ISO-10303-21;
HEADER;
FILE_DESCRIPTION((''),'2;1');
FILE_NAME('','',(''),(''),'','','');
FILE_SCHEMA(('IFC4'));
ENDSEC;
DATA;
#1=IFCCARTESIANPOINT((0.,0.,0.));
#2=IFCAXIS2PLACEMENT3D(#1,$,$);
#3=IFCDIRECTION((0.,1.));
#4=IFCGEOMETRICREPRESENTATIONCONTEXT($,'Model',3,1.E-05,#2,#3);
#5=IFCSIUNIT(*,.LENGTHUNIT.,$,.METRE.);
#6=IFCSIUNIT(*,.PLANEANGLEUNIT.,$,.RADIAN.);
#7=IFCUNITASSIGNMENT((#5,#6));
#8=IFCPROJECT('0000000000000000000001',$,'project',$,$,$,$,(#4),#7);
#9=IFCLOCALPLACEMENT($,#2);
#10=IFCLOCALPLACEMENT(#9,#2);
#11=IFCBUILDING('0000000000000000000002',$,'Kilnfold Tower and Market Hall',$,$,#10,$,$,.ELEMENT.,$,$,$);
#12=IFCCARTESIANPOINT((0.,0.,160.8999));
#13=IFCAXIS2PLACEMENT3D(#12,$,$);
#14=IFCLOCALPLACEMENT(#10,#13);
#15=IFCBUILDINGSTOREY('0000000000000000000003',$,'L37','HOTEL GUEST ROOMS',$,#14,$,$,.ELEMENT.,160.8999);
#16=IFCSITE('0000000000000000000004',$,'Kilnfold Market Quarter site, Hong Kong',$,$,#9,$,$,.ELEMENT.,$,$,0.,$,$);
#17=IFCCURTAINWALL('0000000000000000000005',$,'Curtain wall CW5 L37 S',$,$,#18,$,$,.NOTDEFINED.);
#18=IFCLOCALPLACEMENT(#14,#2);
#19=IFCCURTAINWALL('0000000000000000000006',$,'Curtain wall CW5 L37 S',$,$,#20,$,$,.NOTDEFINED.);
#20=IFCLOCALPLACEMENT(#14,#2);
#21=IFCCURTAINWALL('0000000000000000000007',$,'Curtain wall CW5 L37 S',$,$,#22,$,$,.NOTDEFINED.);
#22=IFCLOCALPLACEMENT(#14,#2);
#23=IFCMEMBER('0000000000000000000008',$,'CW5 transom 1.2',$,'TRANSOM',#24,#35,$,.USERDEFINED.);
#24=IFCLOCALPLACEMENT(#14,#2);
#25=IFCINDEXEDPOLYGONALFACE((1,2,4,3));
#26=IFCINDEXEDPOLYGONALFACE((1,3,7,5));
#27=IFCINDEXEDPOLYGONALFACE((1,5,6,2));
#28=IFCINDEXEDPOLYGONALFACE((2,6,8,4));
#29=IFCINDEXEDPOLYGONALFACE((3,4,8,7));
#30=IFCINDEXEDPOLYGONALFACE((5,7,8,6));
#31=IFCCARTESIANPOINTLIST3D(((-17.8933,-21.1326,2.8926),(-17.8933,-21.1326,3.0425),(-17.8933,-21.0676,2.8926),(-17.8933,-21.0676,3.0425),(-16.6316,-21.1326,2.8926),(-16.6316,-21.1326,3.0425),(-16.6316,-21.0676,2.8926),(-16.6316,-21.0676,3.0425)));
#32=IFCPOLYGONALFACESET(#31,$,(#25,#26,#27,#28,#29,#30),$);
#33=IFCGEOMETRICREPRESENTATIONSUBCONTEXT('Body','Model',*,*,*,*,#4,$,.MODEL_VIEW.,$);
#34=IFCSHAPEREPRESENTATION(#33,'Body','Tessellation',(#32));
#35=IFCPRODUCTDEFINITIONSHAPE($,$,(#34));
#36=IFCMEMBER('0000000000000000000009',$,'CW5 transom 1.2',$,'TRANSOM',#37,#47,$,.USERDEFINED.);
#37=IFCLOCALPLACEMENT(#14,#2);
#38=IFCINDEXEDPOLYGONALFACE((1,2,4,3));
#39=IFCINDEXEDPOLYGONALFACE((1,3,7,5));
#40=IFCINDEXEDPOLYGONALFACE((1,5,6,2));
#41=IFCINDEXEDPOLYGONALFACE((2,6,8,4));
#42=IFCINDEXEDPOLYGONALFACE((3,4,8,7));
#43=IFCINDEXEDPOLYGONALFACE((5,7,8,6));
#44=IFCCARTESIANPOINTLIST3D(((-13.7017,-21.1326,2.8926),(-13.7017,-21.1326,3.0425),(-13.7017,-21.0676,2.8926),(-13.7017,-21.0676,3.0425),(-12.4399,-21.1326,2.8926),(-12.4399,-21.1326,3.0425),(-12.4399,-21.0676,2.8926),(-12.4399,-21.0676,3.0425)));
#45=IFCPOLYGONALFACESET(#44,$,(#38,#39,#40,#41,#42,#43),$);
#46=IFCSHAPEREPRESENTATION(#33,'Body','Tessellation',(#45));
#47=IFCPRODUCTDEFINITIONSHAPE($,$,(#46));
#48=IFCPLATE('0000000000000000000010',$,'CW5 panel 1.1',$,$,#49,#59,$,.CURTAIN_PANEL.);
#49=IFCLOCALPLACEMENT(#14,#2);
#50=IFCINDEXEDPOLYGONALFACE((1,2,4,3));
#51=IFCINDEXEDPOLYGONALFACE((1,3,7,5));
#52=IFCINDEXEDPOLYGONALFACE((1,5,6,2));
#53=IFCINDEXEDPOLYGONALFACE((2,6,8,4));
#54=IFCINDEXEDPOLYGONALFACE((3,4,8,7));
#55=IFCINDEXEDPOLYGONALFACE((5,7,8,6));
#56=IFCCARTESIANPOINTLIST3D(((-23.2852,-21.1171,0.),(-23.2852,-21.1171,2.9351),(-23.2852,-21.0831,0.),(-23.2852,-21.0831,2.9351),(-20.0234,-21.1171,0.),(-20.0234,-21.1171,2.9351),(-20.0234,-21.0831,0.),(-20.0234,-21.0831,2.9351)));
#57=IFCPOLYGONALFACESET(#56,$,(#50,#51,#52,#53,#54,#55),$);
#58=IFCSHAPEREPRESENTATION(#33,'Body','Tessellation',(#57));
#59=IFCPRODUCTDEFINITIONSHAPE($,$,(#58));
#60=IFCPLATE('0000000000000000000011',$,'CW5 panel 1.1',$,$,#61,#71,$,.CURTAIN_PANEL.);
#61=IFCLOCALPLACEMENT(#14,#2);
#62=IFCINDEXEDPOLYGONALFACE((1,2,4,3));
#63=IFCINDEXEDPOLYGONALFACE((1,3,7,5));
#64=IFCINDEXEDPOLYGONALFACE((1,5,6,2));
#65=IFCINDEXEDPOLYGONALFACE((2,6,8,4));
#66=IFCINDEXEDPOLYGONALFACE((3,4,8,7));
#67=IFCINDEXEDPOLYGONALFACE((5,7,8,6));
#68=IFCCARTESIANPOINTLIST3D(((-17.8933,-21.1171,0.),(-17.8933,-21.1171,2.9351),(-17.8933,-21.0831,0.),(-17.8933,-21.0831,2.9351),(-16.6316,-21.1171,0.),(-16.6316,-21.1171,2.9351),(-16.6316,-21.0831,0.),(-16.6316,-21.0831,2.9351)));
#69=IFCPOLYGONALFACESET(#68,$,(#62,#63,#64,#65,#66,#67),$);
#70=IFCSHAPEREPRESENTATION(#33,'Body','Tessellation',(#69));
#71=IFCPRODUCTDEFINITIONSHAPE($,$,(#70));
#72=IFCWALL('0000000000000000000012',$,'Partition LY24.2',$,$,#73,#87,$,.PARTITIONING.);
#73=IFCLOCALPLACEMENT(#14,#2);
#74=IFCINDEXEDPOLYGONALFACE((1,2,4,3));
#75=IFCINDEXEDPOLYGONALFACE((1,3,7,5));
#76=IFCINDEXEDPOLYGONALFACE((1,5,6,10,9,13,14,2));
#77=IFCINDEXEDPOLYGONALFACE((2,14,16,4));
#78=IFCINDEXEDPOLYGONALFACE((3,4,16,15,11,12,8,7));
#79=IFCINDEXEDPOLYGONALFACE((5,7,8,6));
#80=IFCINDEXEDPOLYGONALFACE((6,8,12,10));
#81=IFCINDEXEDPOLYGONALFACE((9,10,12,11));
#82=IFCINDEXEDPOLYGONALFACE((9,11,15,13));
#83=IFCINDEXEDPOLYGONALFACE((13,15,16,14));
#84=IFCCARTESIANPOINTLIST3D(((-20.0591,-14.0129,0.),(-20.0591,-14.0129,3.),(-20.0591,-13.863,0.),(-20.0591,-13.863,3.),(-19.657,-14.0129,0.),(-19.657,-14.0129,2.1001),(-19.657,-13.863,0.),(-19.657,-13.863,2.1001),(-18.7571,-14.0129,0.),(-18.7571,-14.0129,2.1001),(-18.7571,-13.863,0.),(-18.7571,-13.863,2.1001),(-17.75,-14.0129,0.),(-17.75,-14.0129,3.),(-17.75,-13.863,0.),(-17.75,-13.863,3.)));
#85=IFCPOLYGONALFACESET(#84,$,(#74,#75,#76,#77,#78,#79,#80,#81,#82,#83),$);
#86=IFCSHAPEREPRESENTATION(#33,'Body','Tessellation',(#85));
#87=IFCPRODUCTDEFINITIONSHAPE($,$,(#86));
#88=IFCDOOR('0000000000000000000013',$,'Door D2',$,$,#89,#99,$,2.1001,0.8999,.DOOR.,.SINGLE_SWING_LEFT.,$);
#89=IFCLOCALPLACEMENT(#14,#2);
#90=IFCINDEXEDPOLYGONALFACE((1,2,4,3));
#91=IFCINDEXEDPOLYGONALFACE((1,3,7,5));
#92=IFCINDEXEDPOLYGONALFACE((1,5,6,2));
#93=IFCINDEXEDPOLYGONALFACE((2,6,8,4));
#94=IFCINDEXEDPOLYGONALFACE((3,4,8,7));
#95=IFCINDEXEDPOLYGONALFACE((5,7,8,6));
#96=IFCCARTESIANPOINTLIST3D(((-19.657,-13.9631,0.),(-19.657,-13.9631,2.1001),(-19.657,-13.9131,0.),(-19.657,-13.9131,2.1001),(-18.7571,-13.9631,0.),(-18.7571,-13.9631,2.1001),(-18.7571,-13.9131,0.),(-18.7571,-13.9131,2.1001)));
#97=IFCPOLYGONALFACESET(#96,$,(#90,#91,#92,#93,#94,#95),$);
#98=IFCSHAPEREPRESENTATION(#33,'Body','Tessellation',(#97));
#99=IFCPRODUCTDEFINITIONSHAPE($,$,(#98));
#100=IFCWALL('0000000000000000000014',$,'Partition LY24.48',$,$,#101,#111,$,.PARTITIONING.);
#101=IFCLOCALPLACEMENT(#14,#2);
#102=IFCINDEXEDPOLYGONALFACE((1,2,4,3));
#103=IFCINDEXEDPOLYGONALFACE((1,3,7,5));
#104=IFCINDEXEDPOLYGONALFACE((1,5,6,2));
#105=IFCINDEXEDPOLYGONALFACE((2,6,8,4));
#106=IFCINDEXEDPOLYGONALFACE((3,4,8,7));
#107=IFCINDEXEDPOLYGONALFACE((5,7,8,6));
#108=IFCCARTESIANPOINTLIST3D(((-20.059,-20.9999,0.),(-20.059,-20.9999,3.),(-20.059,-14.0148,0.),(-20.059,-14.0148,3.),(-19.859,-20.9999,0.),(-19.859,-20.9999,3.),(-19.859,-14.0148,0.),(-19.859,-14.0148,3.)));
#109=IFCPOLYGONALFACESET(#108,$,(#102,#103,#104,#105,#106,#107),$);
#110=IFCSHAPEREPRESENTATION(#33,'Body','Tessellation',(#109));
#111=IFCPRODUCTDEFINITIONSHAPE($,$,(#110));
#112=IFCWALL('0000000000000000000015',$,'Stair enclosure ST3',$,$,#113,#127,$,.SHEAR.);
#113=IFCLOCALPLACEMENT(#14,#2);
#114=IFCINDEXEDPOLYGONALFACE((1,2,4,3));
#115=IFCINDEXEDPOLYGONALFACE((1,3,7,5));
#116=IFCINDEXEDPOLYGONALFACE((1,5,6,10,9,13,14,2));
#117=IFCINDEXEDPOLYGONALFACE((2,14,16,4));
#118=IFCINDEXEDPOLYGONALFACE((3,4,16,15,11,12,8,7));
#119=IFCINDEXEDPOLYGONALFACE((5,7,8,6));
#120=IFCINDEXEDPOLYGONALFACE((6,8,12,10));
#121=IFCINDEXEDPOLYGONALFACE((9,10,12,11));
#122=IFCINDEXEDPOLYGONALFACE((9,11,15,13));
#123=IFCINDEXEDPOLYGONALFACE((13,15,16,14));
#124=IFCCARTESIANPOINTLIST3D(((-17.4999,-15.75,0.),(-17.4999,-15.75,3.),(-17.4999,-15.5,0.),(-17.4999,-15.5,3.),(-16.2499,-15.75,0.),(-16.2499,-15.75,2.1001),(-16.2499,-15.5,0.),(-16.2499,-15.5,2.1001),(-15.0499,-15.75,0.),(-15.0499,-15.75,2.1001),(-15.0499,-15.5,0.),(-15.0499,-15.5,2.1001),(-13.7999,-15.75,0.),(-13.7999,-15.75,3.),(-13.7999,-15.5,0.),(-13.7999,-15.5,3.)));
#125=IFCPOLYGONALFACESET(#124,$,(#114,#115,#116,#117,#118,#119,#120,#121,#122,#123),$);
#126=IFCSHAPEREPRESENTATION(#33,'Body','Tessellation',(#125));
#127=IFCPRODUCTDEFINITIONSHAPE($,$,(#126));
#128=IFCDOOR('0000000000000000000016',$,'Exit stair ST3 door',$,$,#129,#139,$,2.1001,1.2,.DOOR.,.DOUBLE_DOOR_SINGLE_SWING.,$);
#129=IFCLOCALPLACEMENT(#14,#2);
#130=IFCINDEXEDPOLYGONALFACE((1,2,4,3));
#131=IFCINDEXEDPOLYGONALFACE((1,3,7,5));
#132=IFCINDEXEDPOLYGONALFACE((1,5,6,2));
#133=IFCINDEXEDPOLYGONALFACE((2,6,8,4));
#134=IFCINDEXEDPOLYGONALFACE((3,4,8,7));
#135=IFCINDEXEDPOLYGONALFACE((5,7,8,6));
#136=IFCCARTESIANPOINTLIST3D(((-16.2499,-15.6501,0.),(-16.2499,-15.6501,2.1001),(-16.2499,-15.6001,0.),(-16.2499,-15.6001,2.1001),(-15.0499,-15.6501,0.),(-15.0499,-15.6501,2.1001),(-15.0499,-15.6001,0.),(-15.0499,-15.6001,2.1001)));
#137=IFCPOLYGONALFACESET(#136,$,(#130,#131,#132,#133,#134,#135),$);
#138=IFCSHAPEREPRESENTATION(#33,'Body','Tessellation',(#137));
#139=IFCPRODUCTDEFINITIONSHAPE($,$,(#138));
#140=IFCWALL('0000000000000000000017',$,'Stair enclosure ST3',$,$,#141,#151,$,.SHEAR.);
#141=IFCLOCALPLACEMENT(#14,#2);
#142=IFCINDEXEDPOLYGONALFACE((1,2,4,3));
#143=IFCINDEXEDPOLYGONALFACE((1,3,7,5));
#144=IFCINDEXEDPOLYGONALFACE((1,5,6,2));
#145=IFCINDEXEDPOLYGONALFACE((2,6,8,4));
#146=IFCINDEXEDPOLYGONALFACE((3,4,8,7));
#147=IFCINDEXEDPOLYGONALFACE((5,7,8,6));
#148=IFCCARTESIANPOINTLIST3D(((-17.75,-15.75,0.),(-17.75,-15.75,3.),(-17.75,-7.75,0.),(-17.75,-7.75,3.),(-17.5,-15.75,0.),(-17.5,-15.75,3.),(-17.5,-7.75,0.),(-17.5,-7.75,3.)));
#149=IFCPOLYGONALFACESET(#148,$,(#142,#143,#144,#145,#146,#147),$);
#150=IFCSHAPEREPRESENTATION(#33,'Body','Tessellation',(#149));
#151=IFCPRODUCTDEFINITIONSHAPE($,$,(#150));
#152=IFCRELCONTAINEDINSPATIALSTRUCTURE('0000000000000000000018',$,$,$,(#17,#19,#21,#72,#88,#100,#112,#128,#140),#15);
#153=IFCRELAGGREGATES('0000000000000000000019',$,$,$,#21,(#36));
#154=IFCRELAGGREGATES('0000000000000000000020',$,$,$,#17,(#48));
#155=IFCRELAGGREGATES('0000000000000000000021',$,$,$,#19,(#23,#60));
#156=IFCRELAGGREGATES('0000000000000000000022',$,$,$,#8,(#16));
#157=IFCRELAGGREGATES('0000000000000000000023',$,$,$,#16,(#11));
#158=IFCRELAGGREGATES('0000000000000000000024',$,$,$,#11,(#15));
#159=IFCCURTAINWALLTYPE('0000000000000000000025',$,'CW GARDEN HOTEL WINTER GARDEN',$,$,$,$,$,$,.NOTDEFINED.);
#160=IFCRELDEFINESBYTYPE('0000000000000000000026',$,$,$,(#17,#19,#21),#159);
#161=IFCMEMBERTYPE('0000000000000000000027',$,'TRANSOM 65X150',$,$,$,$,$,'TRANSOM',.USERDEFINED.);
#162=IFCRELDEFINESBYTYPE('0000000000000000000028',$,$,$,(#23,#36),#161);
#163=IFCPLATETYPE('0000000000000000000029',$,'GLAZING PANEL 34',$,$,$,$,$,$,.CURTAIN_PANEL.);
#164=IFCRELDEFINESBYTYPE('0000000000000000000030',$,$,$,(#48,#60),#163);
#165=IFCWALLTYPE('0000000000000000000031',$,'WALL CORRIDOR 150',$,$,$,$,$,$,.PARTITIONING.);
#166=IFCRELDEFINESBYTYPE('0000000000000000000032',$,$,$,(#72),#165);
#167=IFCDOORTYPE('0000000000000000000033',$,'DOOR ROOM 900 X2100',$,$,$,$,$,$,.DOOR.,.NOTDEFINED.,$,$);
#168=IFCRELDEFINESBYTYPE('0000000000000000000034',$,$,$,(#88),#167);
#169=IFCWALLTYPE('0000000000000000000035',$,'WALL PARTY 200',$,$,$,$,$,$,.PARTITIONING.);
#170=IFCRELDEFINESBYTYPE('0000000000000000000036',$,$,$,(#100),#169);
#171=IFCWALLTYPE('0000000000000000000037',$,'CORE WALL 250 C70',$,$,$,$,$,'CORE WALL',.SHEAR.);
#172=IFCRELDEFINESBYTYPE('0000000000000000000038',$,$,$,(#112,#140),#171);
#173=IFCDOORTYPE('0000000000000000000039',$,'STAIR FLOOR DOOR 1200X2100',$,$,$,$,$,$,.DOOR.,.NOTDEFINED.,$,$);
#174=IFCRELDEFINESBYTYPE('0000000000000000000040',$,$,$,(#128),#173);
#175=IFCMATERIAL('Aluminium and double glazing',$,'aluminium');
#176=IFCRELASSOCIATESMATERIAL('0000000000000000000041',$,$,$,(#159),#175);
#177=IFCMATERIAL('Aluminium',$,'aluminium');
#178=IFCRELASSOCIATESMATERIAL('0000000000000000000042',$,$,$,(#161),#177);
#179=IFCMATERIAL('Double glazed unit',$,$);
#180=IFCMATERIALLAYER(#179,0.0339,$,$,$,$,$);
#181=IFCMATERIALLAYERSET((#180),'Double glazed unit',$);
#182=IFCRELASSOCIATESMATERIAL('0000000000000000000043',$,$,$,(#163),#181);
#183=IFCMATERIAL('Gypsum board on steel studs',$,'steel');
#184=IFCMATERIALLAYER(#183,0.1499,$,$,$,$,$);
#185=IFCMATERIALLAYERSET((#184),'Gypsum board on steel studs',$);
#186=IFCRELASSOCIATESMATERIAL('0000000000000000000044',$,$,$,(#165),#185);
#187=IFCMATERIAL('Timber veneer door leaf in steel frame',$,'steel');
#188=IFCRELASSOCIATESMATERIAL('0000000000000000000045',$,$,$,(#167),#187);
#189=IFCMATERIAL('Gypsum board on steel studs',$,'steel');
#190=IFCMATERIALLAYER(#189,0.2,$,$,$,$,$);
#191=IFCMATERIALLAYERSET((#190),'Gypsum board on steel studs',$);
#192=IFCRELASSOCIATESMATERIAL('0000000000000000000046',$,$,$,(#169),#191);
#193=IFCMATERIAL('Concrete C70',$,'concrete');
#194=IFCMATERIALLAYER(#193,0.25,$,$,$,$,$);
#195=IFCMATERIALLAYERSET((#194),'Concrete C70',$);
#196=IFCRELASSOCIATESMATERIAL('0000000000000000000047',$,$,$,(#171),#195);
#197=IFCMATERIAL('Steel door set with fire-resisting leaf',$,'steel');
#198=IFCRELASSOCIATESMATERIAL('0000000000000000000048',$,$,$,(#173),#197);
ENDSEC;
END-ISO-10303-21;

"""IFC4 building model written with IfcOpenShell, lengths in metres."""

from ifc_helpers import new_model, si_unit, direction, frame, frame_2d, origin, origin_2d, place, context, subcontext, project, spatial, rectangle, extrude, source, transform, mapped, material, layer, layer_set, material_profile, profile_set, type_object, element, fill, aggregate, save


model = new_model("IFC4")

# Units and contexts
model_context = context("Model", 3, precision=1e-05, world=origin(), true_north=direction((0.0, 1.0)))
body_context = subcontext(model_context, "Body", "Model", "MODEL_VIEW")
ifc_project = project(units=[si_unit("LENGTHUNIT", "METRE"), si_unit("PLANEANGLEUNIT", "RADIAN")], contexts=[model_context])

# Site, building, storey
site_placement = place(None, origin())
site = spatial("IfcSite", under=ifc_project, at=site_placement, Name="Kilnfold Market Quarter site, Hong Kong", CompositionType="ELEMENT", RefElevation=0.0)
building_placement = place(site_placement, origin())
building = spatial("IfcBuilding", under=site, at=building_placement, Name="Kilnfold Tower and Market Hall", CompositionType="ELEMENT")
storey_placement = place(building_placement, frame((0.0, 0.0, 160.8999)))
storey = spatial("IfcBuildingStorey", under=building, at=storey_placement, Name="L37", Description="HOTEL GUEST ROOMS", CompositionType="ELEMENT", Elevation=160.8999)

# Curtain walls
ifc_material_1 = material(Name="Aluminium and double glazing", Category="aluminium")
curtain_wall_type = type_object("IfcCurtainWallType", Name="CW GARDEN HOTEL WINTER GARDEN", PredefinedType="NOTDEFINED", material=ifc_material_1)
curtain_wall_1_placement = place(storey_placement, origin())
curtain_wall_1 = element("IfcCurtainWall", 1, at=curtain_wall_1_placement, inside=storey, type_object=curtain_wall_type, Name="Curtain wall CW5 L37 S", PredefinedType="NOTDEFINED")
curtain_wall_2_placement = place(storey_placement, origin())
curtain_wall_2 = element("IfcCurtainWall", 2, at=curtain_wall_2_placement, inside=storey, type_object=curtain_wall_type, Name="Curtain wall CW5 L37 S", PredefinedType="NOTDEFINED")

# Curtain wall
curtain_wall_3_placement = place(storey_placement, origin())
curtain_wall_3 = element("IfcCurtainWall", 3, at=curtain_wall_3_placement, inside=storey, type_object=curtain_wall_type, Name="Curtain wall CW5 L37 S", PredefinedType="NOTDEFINED")

# Members
ifc_material_2 = material(Name="Aluminium", Category="aluminium")
ifc_material_profile_1 = material_profile(ifc_material_2, rectangle(XDim=0.0649, YDim=0.1499, at=origin_2d()), Name="TRANSOM 65x150")
ifc_profile_set_1 = profile_set([ifc_material_profile_1], Name="Aluminium")
member_type_1 = type_object("IfcMemberType", Name="TRANSOM 65X150", ElementType="TRANSOM", PredefinedType="USERDEFINED", material=ifc_profile_set_1)
shared_shape_1 = source(origin(), body_context, "Body", "SweptSolid", [
    extrude(rectangle(XDim=0.0649, YDim=0.1499, at=origin_2d()), origin(), (0.0, 0.0, 1.0), 1.2617),
])
member_1_placement = place(storey_placement, frame((-17.8933, -21.1001, 2.9675), z_axis=(1.0, 0.0, 0.0), x_axis=(0.0, 1.0, 0.0)))
member_1 = element("IfcMember", 4, at=member_1_placement, type_object=member_type_1, Name="CW5 transom 1.2", ObjectType="TRANSOM", PredefinedType="USERDEFINED", context=body_context, shape_type="MappedRepresentation", body=[
    mapped(shared_shape_1, transform((0.0, 0.0, 0.0))),
])
member_2_placement = place(storey_placement, frame((-13.7017, -21.1001, 2.9675), z_axis=(1.0, 0.0, 0.0), x_axis=(0.0, 1.0, 0.0)))
member_2 = element("IfcMember", 5, at=member_2_placement, type_object=member_type_1, Name="CW5 transom 1.2", ObjectType="TRANSOM", PredefinedType="USERDEFINED", context=body_context, shape_type="MappedRepresentation", body=[
    mapped(shared_shape_1, transform((0.0, 0.0, 0.0))),
])
aggregate(curtain_wall_3, [member_2])

# Plates
ifc_material_3 = material(Name="Double glazed unit")
ifc_layer_1 = layer(ifc_material_3, 0.0339)
ifc_layer_set_1 = layer_set([ifc_layer_1], Name="Double glazed unit")
plate_type = type_object("IfcPlateType", Name="GLAZING PANEL 34", PredefinedType="CURTAIN_PANEL", material=ifc_layer_set_1)
shared_shape_2 = source(origin(), body_context, "Body", "SweptSolid", [
    extrude(rectangle(XDim=3.2617, YDim=0.0339, at=origin_2d()), origin(), (0.0, 0.0, 1.0), 2.9351),
])
plate_1_placement = place(storey_placement, frame((-21.6543, -21.1001, 0.0), z_axis=(0.0, 0.0, 1.0), x_axis=(1.0, 0.0, 0.0)))
plate_1 = element("IfcPlate", 6, at=plate_1_placement, type_object=plate_type, Name="CW5 panel 1.1", PredefinedType="CURTAIN_PANEL", context=body_context, shape_type="MappedRepresentation", body=[
    mapped(shared_shape_2, transform((0.0, 0.0, 0.0))),
])
aggregate(curtain_wall_1, [plate_1])
shared_shape_3 = source(origin(), body_context, "Body", "SweptSolid", [
    extrude(rectangle(XDim=1.2617, YDim=0.0339, at=origin_2d()), origin(), (0.0, 0.0, 1.0), 2.9351),
])
plate_2_placement = place(storey_placement, frame((-17.2625, -21.1001, 0.0), z_axis=(0.0, 0.0, 1.0), x_axis=(1.0, 0.0, 0.0)))
plate_2 = element("IfcPlate", 7, at=plate_2_placement, type_object=plate_type, Name="CW5 panel 1.1", PredefinedType="CURTAIN_PANEL", context=body_context, shape_type="MappedRepresentation", body=[
    mapped(shared_shape_3, transform((0.0, 0.0, 0.0))),
])
aggregate(curtain_wall_2, [member_1, plate_2])

# Wall, opening, door
ifc_material_4 = material(Name="Gypsum board on steel studs", Category="steel")
ifc_layer_2 = layer(ifc_material_4, 0.1499)
ifc_layer_set_2 = layer_set([ifc_layer_2], Name="Gypsum board on steel studs")
wall_type_1 = type_object("IfcWallType", Name="WALL CORRIDOR 150", PredefinedType="PARTITIONING", material=ifc_layer_set_2)
wall_1_placement = place(storey_placement, frame((-20.0591, -13.938, 0.0), z_axis=(0.0, 0.0, 1.0), x_axis=(1.0, 0.0, 0.0)))
wall_1 = element("IfcWall", 8, at=wall_1_placement, inside=storey, type_object=wall_type_1, Name="Partition LY24.2", PredefinedType="PARTITIONING", context=body_context, shape_type="SweptSolid", body=[
    extrude(rectangle(XDim=2.3091, YDim=0.1499, at=frame_2d((1.1545, 0.0))), origin(), (0.0, 0.0, 1.0), 3.0),
])
opening_1_placement = place(wall_1_placement, frame((0.4021, 0.0, 0.0)))
opening_1 = element("IfcOpeningElement", 9, at=opening_1_placement, cuts=wall_1, PredefinedType="OPENING", context=body_context, shape_type="SweptSolid", body=[
    extrude(rectangle(XDim=0.8999, YDim=2.1001, at=frame_2d((0.45, 1.05))), frame((0.0, 0.085, 0.0), z_axis=(0.0, -1.0, 0.0), x_axis=(1.0, 0.0, 0.0)), (0.0, 0.0, 1.0), 0.1699),
])
ifc_material_5 = material(Name="Timber veneer door leaf in steel frame", Category="steel")
door_type_1 = type_object("IfcDoorType", Name="DOOR ROOM 900 X2100", OperationType="NOTDEFINED", PredefinedType="DOOR", material=ifc_material_5)
door_1_placement = place(opening_1_placement, origin())
door_1 = element("IfcDoor", 10, at=door_1_placement, inside=storey, type_object=door_type_1, Name="Door D2", OperationType="SINGLE_SWING_LEFT", OverallHeight=2.1001, OverallWidth=0.8999, PredefinedType="DOOR", context=body_context, shape_type="SweptSolid", body=[
    extrude(rectangle(XDim=0.8999, YDim=2.1001, at=frame_2d((0.45, 1.05))), frame((0.0, 0.0249, 0.0), z_axis=(0.0, -1.0, 0.0), x_axis=(1.0, 0.0, 0.0)), (0.0, 0.0, 1.0), 0.05),
])
fill(opening_1, door_1)

# Wall
ifc_material_6 = material(Name="Gypsum board on steel studs", Category="steel")
ifc_layer_3 = layer(ifc_material_6, 0.2)
ifc_layer_set_3 = layer_set([ifc_layer_3], Name="Gypsum board on steel studs")
wall_type_2 = type_object("IfcWallType", Name="WALL PARTY 200", PredefinedType="PARTITIONING", material=ifc_layer_set_3)
wall_2_placement = place(storey_placement, frame((-19.959, -21.0, 0.0), z_axis=(0.0, 0.0, 1.0), x_axis=(0.0, 1.0, 0.0)))
element("IfcWall", 11, at=wall_2_placement, inside=storey, type_object=wall_type_2, Name="Partition LY24.48", PredefinedType="PARTITIONING", context=body_context, shape_type="SweptSolid", body=[
    extrude(rectangle(XDim=6.9851, YDim=0.2, at=frame_2d((3.4927, 0.0))), origin(), (0.0, 0.0, 1.0), 3.0),
])

# Wall, opening, door
ifc_material_7 = material(Name="Concrete C70", Category="concrete")
ifc_layer_4 = layer(ifc_material_7, 0.25)
ifc_layer_set_4 = layer_set([ifc_layer_4], Name="Concrete C70")
wall_type_3 = type_object("IfcWallType", Name="CORE WALL 250 C70", ElementType="CORE WALL", PredefinedType="SHEAR", material=ifc_layer_set_4)
shared_shape_4 = source(origin(), body_context, "Body", "SweptSolid", [
    extrude(rectangle(XDim=3.7, YDim=0.25, at=frame_2d((1.8501, 0.0))), origin(), (0.0, 0.0, 1.0), 3.0),
])
wall_3_placement = place(storey_placement, frame((-17.5, -15.625, 0.0), z_axis=(0.0, 0.0, 1.0), x_axis=(1.0, 0.0, 0.0)))
wall_3 = element("IfcWall", 12, at=wall_3_placement, inside=storey, type_object=wall_type_3, Name="Stair enclosure ST3", PredefinedType="SHEAR", context=body_context, shape_type="MappedRepresentation", body=[
    mapped(shared_shape_4, transform((0.0, 0.0, 0.0))),
])
opening_2_placement = place(wall_3_placement, frame((1.25, 0.0, 0.0)))
opening_2 = element("IfcOpeningElement", 13, at=opening_2_placement, cuts=wall_3, PredefinedType="OPENING", context=body_context, shape_type="SweptSolid", body=[
    extrude(rectangle(XDim=1.2, YDim=2.1001, at=frame_2d((0.6001, 1.05))), frame((0.0, 0.135, 0.0), z_axis=(0.0, -1.0, 0.0), x_axis=(1.0, 0.0, 0.0)), (0.0, 0.0, 1.0), 0.27),
])
ifc_material_8 = material(Name="Steel door set with fire-resisting leaf", Category="steel")
door_type_2 = type_object("IfcDoorType", Name="STAIR FLOOR DOOR 1200X2100", OperationType="NOTDEFINED", PredefinedType="DOOR", material=ifc_material_8)
door_2_placement = place(opening_2_placement, origin())
door_2 = element("IfcDoor", 14, at=door_2_placement, inside=storey, type_object=door_type_2, Name="Exit stair ST3 door", OperationType="DOUBLE_DOOR_SINGLE_SWING", OverallHeight=2.1001, OverallWidth=1.2, PredefinedType="DOOR", context=body_context, shape_type="SweptSolid", body=[
    extrude(rectangle(XDim=1.2, YDim=2.1001, at=frame_2d((0.6001, 1.05))), frame((0.0, 0.0249, 0.0), z_axis=(0.0, -1.0, 0.0), x_axis=(1.0, 0.0, 0.0)), (0.0, 0.0, 1.0), 0.05),
])
fill(opening_2, door_2)

# Wall
shared_shape_5 = source(origin(), body_context, "Body", "SweptSolid", [
    extrude(rectangle(XDim=8.0, YDim=0.25, at=frame_2d((4.0, 0.0))), origin(), (0.0, 0.0, 1.0), 3.0),
])
wall_4_placement = place(storey_placement, frame((-17.625, -15.75, 0.0), z_axis=(0.0, 0.0, 1.0), x_axis=(0.0, 1.0, 0.0)))
element("IfcWall", 15, at=wall_4_placement, inside=storey, type_object=wall_type_3, Name="Stair enclosure ST3", PredefinedType="SHEAR", context=body_context, shape_type="MappedRepresentation", body=[
    mapped(shared_shape_5, transform((0.0, 0.0, 0.0))),
])

save(model, "model.ifc")
